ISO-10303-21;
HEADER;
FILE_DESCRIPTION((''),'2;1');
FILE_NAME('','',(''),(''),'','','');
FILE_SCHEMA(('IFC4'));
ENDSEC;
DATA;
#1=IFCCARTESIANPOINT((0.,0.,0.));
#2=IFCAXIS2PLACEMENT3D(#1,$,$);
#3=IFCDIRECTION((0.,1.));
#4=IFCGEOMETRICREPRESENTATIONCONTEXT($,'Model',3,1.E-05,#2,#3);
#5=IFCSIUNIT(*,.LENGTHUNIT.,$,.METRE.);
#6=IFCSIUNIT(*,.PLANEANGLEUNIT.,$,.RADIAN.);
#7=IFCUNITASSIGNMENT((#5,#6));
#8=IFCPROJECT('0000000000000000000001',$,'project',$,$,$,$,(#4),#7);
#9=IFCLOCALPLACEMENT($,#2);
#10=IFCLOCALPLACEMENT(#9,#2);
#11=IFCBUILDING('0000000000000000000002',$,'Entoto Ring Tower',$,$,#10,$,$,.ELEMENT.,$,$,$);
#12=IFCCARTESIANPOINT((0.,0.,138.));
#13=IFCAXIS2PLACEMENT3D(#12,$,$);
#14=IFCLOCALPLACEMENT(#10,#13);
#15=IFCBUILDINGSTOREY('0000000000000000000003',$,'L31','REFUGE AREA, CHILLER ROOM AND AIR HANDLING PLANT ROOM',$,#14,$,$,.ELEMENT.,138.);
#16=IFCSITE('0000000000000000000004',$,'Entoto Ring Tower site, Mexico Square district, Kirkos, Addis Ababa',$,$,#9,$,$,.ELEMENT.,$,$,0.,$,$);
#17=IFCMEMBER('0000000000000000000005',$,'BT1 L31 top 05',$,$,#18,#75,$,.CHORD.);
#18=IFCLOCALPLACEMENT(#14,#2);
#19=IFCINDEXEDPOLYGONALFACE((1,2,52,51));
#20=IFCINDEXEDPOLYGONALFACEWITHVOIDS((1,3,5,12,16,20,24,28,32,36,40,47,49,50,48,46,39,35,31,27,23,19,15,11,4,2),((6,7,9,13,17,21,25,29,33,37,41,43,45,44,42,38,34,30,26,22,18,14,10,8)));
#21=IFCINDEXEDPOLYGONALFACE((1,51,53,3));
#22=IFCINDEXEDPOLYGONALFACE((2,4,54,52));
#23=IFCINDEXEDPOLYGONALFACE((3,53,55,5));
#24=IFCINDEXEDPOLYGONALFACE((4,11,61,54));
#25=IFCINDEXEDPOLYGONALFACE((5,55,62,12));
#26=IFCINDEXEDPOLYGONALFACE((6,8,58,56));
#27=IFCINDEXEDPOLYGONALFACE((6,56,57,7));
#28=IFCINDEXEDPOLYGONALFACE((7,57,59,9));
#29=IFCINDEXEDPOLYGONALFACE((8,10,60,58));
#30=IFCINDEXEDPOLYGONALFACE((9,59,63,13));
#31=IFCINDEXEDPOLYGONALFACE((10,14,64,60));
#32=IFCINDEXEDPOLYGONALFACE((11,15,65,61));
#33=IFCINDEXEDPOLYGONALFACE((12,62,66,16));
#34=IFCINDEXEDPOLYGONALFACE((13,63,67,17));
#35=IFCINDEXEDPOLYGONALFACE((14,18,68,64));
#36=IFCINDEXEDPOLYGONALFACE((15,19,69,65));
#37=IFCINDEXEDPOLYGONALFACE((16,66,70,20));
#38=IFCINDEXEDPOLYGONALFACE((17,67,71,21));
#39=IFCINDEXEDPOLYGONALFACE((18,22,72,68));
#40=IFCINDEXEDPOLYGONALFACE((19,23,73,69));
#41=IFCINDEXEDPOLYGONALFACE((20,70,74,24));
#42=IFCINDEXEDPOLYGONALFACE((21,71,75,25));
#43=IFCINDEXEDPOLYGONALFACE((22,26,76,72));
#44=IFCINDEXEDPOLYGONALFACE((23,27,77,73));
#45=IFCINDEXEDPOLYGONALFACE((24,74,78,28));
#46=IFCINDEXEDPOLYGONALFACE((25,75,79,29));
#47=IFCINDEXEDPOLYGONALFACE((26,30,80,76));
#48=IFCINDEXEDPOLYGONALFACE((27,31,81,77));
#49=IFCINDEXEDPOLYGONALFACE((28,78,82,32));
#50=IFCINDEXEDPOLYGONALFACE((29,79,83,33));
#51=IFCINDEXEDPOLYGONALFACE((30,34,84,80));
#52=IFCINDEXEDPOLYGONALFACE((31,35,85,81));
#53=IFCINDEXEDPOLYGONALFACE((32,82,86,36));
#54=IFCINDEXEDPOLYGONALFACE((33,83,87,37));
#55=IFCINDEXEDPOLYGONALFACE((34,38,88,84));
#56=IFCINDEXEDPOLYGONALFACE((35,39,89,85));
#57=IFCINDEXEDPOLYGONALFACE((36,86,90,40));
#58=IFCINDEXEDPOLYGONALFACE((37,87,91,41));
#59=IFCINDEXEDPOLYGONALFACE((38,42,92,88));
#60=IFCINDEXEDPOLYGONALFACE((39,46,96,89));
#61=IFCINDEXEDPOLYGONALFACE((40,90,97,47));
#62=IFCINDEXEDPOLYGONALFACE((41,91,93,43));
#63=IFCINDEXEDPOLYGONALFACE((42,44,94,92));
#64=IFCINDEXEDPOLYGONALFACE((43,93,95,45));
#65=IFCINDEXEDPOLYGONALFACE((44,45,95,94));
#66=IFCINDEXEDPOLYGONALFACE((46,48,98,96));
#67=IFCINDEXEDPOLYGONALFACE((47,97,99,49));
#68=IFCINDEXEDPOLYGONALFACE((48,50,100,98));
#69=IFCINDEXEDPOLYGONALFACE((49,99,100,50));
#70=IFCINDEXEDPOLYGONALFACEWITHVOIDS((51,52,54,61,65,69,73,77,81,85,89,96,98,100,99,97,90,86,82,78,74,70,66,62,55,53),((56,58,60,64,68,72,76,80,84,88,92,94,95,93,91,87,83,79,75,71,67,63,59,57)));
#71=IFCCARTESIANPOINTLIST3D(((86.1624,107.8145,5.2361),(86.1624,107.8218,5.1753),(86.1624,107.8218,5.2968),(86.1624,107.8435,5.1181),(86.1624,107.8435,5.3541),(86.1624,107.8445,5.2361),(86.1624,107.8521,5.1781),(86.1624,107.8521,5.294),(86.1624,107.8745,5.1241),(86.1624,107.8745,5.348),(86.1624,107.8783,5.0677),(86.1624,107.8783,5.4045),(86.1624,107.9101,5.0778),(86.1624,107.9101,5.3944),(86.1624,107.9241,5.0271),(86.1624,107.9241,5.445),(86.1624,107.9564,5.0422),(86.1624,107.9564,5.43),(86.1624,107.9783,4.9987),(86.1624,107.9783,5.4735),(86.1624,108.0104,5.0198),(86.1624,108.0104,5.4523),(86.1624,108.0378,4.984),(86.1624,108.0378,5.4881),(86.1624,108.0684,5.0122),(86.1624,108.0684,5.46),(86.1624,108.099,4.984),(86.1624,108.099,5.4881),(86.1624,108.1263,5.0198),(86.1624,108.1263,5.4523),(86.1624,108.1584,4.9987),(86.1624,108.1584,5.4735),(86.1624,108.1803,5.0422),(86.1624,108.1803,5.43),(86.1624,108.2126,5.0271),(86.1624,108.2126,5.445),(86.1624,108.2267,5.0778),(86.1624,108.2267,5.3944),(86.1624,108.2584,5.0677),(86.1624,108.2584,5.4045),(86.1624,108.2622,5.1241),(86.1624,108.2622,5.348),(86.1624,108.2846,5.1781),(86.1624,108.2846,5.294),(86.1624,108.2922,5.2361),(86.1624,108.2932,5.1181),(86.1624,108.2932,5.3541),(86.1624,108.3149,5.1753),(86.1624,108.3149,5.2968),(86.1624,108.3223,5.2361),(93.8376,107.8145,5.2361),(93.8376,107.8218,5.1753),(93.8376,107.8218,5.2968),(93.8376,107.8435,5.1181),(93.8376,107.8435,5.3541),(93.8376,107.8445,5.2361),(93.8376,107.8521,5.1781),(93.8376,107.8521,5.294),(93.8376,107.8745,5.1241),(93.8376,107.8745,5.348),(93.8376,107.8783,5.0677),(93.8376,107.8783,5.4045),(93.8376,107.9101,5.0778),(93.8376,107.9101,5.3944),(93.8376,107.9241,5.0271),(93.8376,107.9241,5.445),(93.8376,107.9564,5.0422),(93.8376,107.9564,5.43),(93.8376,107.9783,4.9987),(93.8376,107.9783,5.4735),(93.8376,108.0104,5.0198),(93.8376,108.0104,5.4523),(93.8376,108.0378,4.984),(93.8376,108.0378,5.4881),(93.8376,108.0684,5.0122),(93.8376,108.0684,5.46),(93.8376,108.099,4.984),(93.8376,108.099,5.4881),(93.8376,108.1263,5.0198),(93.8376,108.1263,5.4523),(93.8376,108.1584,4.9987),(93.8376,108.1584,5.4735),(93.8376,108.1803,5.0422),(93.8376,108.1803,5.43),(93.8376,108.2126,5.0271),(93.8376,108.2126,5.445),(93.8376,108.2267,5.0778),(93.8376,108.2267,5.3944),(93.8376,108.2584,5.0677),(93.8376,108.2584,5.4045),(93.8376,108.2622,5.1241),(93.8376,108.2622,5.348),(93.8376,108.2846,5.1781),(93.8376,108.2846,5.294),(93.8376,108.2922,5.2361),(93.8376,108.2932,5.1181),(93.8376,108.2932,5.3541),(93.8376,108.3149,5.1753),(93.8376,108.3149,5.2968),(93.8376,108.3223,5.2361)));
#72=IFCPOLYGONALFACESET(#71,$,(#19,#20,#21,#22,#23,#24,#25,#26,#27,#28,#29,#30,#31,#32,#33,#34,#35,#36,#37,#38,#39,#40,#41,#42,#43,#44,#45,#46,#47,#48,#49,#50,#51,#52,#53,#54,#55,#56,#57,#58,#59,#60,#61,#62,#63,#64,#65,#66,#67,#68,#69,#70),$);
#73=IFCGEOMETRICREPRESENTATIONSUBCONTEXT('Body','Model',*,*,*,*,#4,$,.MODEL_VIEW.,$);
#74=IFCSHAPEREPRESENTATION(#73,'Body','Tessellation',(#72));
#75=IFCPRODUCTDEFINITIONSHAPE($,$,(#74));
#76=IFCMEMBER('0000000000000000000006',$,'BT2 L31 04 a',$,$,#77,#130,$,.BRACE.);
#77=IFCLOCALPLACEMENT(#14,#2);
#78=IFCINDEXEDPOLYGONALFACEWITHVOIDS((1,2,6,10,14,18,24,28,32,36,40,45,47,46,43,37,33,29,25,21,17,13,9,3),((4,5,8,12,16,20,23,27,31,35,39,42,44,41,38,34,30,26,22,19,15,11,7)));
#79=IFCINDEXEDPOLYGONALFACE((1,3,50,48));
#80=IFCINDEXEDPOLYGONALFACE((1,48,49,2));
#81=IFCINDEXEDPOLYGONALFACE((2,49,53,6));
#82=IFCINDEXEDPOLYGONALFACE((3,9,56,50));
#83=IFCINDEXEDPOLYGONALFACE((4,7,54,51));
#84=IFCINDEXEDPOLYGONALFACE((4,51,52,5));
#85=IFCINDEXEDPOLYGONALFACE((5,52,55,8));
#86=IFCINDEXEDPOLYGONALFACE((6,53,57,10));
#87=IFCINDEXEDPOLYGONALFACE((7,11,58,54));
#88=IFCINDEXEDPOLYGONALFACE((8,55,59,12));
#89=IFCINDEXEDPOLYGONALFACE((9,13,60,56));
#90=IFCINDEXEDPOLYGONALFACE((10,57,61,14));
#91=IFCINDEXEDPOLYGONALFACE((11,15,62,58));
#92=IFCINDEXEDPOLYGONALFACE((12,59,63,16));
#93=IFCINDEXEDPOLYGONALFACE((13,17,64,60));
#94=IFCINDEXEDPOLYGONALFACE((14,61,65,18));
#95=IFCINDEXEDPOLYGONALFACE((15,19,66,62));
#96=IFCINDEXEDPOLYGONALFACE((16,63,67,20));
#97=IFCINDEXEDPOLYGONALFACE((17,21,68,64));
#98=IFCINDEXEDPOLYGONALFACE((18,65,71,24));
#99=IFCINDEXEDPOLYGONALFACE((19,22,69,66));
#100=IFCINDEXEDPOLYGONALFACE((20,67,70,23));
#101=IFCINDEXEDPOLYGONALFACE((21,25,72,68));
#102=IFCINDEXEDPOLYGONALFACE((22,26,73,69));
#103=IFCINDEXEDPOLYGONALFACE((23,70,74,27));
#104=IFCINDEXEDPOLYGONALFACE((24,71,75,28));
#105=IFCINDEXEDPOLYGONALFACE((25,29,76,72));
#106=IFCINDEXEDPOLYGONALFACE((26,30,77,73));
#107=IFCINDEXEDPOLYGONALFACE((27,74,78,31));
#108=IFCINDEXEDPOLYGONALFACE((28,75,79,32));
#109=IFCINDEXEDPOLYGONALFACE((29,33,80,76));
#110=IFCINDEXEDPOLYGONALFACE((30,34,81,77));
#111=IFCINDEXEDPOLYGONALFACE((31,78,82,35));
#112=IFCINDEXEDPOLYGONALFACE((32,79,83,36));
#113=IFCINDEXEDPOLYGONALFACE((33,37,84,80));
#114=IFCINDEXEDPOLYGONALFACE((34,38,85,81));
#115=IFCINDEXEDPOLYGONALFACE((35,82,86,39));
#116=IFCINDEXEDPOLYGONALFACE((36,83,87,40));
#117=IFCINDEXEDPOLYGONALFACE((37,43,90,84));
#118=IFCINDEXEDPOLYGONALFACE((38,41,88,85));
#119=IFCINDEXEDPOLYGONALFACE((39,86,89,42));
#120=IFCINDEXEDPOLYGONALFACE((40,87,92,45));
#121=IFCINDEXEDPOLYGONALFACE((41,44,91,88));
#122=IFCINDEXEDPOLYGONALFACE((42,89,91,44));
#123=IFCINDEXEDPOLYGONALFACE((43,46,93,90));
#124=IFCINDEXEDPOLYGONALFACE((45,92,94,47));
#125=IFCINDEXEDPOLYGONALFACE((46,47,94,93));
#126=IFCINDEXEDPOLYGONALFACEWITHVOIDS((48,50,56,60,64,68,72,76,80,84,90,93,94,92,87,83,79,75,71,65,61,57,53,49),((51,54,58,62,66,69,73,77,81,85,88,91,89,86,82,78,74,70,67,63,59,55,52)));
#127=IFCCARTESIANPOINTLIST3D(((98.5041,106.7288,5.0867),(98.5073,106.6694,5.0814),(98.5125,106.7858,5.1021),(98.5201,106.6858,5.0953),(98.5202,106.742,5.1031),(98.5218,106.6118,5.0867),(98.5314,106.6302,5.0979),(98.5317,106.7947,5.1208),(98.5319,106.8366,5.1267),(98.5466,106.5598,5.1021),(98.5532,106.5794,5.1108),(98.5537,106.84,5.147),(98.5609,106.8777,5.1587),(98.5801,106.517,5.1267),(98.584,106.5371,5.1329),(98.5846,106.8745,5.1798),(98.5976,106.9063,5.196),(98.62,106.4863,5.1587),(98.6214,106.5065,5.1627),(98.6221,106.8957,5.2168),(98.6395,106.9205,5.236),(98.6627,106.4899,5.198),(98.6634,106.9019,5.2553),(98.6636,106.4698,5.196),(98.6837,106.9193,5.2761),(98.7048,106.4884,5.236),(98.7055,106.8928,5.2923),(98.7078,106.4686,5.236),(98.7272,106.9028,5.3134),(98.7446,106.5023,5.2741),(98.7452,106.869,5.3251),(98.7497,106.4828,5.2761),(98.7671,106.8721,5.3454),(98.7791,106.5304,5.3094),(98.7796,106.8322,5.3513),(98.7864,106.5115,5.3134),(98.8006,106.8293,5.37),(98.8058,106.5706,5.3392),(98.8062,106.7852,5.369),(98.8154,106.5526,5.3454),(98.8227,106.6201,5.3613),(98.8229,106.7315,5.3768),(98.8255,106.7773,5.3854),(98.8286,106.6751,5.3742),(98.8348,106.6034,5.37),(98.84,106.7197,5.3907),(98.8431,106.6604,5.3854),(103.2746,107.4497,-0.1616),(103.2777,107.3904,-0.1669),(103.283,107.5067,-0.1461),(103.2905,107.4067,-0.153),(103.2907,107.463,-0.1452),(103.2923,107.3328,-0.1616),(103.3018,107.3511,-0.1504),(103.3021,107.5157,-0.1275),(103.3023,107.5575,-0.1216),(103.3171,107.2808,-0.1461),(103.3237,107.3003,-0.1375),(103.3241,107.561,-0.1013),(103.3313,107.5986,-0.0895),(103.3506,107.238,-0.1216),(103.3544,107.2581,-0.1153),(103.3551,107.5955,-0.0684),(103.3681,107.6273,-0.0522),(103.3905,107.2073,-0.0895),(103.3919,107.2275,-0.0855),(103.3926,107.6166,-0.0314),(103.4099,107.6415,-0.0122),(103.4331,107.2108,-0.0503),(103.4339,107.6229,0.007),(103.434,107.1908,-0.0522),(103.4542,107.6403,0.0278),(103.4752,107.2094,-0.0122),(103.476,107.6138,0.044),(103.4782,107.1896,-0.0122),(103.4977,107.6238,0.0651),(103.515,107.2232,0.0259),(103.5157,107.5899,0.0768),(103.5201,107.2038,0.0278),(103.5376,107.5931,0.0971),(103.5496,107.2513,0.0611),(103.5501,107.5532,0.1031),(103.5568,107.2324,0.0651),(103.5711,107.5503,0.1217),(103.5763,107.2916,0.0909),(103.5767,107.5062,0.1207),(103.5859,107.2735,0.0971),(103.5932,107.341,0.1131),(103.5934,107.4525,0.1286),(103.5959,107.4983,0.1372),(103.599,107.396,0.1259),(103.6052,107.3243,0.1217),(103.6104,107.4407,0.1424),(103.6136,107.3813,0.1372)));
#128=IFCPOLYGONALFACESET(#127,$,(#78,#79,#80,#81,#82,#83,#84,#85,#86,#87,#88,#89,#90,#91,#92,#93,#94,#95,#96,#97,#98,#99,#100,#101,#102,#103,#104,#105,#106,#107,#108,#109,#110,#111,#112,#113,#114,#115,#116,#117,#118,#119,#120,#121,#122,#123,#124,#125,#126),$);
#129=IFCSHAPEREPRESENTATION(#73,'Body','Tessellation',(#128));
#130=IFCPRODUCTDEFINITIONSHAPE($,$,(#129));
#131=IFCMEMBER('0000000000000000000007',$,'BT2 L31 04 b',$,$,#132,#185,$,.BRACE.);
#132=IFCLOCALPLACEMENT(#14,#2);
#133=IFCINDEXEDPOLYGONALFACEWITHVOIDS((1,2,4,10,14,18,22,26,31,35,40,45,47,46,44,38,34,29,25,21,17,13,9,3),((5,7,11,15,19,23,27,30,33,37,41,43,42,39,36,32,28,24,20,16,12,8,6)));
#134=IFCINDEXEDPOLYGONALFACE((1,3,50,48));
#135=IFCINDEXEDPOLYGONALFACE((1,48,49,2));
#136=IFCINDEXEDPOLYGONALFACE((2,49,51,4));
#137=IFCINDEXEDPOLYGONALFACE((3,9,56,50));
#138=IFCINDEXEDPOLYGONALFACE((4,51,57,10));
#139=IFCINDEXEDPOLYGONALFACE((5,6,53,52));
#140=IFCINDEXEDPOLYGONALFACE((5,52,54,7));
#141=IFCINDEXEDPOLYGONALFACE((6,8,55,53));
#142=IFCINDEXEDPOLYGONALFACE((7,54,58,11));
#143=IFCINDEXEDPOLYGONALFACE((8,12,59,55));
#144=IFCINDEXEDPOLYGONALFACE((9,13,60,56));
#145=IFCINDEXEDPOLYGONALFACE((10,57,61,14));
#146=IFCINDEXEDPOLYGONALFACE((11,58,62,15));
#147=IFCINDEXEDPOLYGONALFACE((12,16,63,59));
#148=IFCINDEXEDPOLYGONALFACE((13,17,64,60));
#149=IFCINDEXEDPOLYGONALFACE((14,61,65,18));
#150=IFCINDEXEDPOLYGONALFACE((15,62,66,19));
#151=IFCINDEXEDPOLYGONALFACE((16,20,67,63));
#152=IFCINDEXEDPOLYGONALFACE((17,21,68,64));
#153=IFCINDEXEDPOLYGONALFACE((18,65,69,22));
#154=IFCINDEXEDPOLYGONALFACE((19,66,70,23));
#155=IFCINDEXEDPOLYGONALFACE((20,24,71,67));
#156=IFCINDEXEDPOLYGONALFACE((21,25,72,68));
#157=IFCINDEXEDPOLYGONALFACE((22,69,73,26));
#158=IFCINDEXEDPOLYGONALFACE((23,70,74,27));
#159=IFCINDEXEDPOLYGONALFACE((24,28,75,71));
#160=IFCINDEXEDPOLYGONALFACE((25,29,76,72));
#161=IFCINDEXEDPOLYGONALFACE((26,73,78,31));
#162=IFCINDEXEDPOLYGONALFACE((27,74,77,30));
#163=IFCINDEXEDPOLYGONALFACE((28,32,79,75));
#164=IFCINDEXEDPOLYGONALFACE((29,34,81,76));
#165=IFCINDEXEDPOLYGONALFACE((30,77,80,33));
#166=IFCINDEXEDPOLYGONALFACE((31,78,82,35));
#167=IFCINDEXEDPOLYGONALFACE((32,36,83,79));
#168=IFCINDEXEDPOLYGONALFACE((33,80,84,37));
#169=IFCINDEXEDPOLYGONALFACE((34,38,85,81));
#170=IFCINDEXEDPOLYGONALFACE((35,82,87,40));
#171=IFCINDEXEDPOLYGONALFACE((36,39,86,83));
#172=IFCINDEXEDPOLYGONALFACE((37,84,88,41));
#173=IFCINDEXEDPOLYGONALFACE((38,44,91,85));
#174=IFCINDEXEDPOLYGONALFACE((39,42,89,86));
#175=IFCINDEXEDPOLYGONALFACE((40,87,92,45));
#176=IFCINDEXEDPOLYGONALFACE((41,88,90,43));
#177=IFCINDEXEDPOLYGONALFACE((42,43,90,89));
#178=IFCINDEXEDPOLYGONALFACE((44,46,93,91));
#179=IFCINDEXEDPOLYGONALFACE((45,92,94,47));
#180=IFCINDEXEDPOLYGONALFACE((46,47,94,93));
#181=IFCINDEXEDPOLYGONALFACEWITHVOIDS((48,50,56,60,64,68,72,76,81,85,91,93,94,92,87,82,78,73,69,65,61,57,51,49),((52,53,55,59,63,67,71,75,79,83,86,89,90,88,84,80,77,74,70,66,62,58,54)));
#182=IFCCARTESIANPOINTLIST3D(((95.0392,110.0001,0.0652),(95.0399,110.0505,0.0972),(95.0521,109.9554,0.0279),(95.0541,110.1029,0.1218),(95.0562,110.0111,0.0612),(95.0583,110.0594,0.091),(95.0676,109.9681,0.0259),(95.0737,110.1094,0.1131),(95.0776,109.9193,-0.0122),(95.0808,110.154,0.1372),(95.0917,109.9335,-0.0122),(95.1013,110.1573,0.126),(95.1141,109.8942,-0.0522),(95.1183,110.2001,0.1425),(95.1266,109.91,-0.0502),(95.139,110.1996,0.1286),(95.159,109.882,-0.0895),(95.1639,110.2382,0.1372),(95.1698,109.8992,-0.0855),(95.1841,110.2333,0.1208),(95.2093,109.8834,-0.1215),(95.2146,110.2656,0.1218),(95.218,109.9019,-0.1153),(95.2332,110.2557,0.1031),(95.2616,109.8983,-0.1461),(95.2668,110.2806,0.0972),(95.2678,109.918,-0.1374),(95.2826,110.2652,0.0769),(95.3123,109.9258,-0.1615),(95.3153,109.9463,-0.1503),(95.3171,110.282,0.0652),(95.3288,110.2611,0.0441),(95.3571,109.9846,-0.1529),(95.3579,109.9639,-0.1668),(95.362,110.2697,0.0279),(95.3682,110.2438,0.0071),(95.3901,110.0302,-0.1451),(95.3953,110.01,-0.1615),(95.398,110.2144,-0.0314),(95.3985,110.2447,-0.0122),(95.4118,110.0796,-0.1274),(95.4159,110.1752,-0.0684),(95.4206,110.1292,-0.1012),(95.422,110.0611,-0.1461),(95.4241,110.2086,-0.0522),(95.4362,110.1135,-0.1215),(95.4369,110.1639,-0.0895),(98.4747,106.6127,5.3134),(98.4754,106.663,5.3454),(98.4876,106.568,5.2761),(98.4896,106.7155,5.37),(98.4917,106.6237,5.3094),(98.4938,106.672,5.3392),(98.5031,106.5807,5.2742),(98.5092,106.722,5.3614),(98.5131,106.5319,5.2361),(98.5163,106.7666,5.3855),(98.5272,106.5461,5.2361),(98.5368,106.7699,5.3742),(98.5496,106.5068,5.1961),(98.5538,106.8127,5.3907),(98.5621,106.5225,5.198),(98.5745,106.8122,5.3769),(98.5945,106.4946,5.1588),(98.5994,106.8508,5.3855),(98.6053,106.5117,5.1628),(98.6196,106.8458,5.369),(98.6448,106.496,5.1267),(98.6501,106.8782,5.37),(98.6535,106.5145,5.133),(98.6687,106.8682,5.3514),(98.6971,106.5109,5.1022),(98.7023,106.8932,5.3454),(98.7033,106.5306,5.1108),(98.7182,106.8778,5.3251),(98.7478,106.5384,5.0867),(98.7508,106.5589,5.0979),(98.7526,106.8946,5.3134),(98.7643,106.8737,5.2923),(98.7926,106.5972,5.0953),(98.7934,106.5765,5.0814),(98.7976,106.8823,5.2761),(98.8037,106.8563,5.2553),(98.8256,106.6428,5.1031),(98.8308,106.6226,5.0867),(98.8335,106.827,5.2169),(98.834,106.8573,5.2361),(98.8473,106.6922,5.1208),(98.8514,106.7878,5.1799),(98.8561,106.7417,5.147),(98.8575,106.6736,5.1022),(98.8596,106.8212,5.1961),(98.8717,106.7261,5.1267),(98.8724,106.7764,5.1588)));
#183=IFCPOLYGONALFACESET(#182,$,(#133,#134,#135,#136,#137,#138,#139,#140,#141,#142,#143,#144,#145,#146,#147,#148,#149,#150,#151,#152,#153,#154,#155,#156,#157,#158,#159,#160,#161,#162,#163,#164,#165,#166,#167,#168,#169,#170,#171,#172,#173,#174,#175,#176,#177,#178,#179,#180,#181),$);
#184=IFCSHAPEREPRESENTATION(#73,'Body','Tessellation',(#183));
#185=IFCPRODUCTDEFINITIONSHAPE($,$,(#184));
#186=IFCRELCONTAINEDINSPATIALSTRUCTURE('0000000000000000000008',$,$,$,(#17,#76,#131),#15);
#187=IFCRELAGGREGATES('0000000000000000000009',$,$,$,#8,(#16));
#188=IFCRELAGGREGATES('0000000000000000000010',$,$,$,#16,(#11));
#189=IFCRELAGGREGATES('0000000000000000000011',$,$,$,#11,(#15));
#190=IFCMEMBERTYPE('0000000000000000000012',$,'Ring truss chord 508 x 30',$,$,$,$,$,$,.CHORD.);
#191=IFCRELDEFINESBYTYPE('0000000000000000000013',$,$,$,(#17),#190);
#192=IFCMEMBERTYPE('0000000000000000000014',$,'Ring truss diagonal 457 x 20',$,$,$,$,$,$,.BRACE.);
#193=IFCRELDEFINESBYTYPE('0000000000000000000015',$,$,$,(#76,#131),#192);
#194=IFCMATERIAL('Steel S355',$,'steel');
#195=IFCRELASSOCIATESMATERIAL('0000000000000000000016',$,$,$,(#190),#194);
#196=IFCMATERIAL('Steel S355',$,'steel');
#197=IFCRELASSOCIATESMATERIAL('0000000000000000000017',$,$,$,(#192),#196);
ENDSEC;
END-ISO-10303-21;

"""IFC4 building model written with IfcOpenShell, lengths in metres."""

from ifc_helpers import new_model, si_unit, direction, frame, origin, origin_2d, place, context, subcontext, project, spatial, circle, hollow_circle, extrude, material, material_profile, profile_set, type_object, element, save


model = new_model("IFC4")

# Units and contexts
model_context = context("Model", 3, precision=1e-05, world=origin(), true_north=direction((0.0, 1.0)))
body_context = subcontext(model_context, "Body", "Model", "MODEL_VIEW")
ifc_project = project(units=[si_unit("LENGTHUNIT", "METRE"), si_unit("PLANEANGLEUNIT", "RADIAN")], contexts=[model_context])

# Site, building, storey
site_placement = place(None, origin())
site = spatial("IfcSite", under=ifc_project, at=site_placement, Name="Entoto Ring Tower site, Mexico Square district, Kirkos, Addis Ababa", CompositionType="ELEMENT", RefElevation=0.0)
building_placement = place(site_placement, origin())
building = spatial("IfcBuilding", under=site, at=building_placement, Name="Entoto Ring Tower", CompositionType="ELEMENT")
storey_placement = place(building_placement, frame((0.0, 0.0, 138.0)))
storey = spatial("IfcBuildingStorey", under=building, at=storey_placement, Name="L31", Description="REFUGE AREA, CHILLER ROOM AND AIR HANDLING PLANT ROOM", CompositionType="ELEMENT", Elevation=138.0)

# Members
ifc_material_1 = material(Name="Steel S355", Category="steel")
ifc_material_profile_1 = material_profile(ifc_material_1, hollow_circle(Radius=0.2539, WallThickness=0.03, at=origin_2d()), Name="CHS 508 x 30")
ifc_material_2 = material(Name="Concrete C60/75", Category="concrete")
ifc_material_profile_2 = material_profile(ifc_material_2, circle(Radius=0.2241, at=origin_2d()), Name="Concrete C60/75 infill")
ifc_profile_set_1 = profile_set([ifc_material_profile_1, ifc_material_profile_2], Name="Steel S355")
member_type_1 = type_object("IfcMemberType", Name="Ring truss chord 508 x 30", PredefinedType="CHORD", material=ifc_profile_set_1)
member_1_placement = place(storey_placement, frame((93.8376, 108.0684, 5.2361), z_axis=(-1.0, 0.0, 0.0), x_axis=(0.0, -1.0, 0.0)))
element("IfcMember", 1, at=member_1_placement, inside=storey, type_object=member_type_1, Name="BT1 L31 top 05", PredefinedType="CHORD", context=body_context, shape_type="SweptSolid", body=[
    extrude(hollow_circle(Radius=0.2539, WallThickness=0.03, at=origin_2d()), origin(), (0.0, 0.0, 1.0), 7.6753),
])
ifc_material_3 = material(Name="Steel S355", Category="steel")
ifc_material_profile_3 = material_profile(ifc_material_3, hollow_circle(Radius=0.2285, WallThickness=0.02, at=origin_2d()), Name="CHS 457 x 20")
ifc_material_4 = material(Name="Concrete C60/75", Category="concrete")
ifc_material_profile_4 = material_profile(ifc_material_4, circle(Radius=0.2085, at=origin_2d()), Name="Concrete C60/75 infill")
ifc_profile_set_2 = profile_set([ifc_material_profile_3, ifc_material_profile_4], Name="Steel S355")
member_type_2 = type_object("IfcMemberType", Name="Ring truss diagonal 457 x 20", PredefinedType="BRACE", material=ifc_profile_set_2)
for number, where, z_axis, x_axis, name in (
    (2, (103.4441, 107.4155, -0.0122), (-0.669173, -0.101129, 0.736193), (0.149429, -0.988772, 0.0), "BT2 L31 04 a"),
    (3, (98.6736, 106.6946, 5.2361), (-0.481913, 0.475166, -0.736191), (-0.702105, -0.712074, 0.0), "BT2 L31 04 b"),
):
    element("IfcMember", number, at=place(storey_placement, frame(where, z_axis=z_axis, x_axis=x_axis)), inside=storey, type_object=member_type_2, Name=name, PredefinedType="BRACE", context=body_context, shape_type="SweptSolid", body=[
        extrude(hollow_circle(Radius=0.2285, WallThickness=0.02, at=origin_2d()), origin(), (0.0, 0.0, 1.0), 7.1289),
    ])

save(model, "model.ifc")
